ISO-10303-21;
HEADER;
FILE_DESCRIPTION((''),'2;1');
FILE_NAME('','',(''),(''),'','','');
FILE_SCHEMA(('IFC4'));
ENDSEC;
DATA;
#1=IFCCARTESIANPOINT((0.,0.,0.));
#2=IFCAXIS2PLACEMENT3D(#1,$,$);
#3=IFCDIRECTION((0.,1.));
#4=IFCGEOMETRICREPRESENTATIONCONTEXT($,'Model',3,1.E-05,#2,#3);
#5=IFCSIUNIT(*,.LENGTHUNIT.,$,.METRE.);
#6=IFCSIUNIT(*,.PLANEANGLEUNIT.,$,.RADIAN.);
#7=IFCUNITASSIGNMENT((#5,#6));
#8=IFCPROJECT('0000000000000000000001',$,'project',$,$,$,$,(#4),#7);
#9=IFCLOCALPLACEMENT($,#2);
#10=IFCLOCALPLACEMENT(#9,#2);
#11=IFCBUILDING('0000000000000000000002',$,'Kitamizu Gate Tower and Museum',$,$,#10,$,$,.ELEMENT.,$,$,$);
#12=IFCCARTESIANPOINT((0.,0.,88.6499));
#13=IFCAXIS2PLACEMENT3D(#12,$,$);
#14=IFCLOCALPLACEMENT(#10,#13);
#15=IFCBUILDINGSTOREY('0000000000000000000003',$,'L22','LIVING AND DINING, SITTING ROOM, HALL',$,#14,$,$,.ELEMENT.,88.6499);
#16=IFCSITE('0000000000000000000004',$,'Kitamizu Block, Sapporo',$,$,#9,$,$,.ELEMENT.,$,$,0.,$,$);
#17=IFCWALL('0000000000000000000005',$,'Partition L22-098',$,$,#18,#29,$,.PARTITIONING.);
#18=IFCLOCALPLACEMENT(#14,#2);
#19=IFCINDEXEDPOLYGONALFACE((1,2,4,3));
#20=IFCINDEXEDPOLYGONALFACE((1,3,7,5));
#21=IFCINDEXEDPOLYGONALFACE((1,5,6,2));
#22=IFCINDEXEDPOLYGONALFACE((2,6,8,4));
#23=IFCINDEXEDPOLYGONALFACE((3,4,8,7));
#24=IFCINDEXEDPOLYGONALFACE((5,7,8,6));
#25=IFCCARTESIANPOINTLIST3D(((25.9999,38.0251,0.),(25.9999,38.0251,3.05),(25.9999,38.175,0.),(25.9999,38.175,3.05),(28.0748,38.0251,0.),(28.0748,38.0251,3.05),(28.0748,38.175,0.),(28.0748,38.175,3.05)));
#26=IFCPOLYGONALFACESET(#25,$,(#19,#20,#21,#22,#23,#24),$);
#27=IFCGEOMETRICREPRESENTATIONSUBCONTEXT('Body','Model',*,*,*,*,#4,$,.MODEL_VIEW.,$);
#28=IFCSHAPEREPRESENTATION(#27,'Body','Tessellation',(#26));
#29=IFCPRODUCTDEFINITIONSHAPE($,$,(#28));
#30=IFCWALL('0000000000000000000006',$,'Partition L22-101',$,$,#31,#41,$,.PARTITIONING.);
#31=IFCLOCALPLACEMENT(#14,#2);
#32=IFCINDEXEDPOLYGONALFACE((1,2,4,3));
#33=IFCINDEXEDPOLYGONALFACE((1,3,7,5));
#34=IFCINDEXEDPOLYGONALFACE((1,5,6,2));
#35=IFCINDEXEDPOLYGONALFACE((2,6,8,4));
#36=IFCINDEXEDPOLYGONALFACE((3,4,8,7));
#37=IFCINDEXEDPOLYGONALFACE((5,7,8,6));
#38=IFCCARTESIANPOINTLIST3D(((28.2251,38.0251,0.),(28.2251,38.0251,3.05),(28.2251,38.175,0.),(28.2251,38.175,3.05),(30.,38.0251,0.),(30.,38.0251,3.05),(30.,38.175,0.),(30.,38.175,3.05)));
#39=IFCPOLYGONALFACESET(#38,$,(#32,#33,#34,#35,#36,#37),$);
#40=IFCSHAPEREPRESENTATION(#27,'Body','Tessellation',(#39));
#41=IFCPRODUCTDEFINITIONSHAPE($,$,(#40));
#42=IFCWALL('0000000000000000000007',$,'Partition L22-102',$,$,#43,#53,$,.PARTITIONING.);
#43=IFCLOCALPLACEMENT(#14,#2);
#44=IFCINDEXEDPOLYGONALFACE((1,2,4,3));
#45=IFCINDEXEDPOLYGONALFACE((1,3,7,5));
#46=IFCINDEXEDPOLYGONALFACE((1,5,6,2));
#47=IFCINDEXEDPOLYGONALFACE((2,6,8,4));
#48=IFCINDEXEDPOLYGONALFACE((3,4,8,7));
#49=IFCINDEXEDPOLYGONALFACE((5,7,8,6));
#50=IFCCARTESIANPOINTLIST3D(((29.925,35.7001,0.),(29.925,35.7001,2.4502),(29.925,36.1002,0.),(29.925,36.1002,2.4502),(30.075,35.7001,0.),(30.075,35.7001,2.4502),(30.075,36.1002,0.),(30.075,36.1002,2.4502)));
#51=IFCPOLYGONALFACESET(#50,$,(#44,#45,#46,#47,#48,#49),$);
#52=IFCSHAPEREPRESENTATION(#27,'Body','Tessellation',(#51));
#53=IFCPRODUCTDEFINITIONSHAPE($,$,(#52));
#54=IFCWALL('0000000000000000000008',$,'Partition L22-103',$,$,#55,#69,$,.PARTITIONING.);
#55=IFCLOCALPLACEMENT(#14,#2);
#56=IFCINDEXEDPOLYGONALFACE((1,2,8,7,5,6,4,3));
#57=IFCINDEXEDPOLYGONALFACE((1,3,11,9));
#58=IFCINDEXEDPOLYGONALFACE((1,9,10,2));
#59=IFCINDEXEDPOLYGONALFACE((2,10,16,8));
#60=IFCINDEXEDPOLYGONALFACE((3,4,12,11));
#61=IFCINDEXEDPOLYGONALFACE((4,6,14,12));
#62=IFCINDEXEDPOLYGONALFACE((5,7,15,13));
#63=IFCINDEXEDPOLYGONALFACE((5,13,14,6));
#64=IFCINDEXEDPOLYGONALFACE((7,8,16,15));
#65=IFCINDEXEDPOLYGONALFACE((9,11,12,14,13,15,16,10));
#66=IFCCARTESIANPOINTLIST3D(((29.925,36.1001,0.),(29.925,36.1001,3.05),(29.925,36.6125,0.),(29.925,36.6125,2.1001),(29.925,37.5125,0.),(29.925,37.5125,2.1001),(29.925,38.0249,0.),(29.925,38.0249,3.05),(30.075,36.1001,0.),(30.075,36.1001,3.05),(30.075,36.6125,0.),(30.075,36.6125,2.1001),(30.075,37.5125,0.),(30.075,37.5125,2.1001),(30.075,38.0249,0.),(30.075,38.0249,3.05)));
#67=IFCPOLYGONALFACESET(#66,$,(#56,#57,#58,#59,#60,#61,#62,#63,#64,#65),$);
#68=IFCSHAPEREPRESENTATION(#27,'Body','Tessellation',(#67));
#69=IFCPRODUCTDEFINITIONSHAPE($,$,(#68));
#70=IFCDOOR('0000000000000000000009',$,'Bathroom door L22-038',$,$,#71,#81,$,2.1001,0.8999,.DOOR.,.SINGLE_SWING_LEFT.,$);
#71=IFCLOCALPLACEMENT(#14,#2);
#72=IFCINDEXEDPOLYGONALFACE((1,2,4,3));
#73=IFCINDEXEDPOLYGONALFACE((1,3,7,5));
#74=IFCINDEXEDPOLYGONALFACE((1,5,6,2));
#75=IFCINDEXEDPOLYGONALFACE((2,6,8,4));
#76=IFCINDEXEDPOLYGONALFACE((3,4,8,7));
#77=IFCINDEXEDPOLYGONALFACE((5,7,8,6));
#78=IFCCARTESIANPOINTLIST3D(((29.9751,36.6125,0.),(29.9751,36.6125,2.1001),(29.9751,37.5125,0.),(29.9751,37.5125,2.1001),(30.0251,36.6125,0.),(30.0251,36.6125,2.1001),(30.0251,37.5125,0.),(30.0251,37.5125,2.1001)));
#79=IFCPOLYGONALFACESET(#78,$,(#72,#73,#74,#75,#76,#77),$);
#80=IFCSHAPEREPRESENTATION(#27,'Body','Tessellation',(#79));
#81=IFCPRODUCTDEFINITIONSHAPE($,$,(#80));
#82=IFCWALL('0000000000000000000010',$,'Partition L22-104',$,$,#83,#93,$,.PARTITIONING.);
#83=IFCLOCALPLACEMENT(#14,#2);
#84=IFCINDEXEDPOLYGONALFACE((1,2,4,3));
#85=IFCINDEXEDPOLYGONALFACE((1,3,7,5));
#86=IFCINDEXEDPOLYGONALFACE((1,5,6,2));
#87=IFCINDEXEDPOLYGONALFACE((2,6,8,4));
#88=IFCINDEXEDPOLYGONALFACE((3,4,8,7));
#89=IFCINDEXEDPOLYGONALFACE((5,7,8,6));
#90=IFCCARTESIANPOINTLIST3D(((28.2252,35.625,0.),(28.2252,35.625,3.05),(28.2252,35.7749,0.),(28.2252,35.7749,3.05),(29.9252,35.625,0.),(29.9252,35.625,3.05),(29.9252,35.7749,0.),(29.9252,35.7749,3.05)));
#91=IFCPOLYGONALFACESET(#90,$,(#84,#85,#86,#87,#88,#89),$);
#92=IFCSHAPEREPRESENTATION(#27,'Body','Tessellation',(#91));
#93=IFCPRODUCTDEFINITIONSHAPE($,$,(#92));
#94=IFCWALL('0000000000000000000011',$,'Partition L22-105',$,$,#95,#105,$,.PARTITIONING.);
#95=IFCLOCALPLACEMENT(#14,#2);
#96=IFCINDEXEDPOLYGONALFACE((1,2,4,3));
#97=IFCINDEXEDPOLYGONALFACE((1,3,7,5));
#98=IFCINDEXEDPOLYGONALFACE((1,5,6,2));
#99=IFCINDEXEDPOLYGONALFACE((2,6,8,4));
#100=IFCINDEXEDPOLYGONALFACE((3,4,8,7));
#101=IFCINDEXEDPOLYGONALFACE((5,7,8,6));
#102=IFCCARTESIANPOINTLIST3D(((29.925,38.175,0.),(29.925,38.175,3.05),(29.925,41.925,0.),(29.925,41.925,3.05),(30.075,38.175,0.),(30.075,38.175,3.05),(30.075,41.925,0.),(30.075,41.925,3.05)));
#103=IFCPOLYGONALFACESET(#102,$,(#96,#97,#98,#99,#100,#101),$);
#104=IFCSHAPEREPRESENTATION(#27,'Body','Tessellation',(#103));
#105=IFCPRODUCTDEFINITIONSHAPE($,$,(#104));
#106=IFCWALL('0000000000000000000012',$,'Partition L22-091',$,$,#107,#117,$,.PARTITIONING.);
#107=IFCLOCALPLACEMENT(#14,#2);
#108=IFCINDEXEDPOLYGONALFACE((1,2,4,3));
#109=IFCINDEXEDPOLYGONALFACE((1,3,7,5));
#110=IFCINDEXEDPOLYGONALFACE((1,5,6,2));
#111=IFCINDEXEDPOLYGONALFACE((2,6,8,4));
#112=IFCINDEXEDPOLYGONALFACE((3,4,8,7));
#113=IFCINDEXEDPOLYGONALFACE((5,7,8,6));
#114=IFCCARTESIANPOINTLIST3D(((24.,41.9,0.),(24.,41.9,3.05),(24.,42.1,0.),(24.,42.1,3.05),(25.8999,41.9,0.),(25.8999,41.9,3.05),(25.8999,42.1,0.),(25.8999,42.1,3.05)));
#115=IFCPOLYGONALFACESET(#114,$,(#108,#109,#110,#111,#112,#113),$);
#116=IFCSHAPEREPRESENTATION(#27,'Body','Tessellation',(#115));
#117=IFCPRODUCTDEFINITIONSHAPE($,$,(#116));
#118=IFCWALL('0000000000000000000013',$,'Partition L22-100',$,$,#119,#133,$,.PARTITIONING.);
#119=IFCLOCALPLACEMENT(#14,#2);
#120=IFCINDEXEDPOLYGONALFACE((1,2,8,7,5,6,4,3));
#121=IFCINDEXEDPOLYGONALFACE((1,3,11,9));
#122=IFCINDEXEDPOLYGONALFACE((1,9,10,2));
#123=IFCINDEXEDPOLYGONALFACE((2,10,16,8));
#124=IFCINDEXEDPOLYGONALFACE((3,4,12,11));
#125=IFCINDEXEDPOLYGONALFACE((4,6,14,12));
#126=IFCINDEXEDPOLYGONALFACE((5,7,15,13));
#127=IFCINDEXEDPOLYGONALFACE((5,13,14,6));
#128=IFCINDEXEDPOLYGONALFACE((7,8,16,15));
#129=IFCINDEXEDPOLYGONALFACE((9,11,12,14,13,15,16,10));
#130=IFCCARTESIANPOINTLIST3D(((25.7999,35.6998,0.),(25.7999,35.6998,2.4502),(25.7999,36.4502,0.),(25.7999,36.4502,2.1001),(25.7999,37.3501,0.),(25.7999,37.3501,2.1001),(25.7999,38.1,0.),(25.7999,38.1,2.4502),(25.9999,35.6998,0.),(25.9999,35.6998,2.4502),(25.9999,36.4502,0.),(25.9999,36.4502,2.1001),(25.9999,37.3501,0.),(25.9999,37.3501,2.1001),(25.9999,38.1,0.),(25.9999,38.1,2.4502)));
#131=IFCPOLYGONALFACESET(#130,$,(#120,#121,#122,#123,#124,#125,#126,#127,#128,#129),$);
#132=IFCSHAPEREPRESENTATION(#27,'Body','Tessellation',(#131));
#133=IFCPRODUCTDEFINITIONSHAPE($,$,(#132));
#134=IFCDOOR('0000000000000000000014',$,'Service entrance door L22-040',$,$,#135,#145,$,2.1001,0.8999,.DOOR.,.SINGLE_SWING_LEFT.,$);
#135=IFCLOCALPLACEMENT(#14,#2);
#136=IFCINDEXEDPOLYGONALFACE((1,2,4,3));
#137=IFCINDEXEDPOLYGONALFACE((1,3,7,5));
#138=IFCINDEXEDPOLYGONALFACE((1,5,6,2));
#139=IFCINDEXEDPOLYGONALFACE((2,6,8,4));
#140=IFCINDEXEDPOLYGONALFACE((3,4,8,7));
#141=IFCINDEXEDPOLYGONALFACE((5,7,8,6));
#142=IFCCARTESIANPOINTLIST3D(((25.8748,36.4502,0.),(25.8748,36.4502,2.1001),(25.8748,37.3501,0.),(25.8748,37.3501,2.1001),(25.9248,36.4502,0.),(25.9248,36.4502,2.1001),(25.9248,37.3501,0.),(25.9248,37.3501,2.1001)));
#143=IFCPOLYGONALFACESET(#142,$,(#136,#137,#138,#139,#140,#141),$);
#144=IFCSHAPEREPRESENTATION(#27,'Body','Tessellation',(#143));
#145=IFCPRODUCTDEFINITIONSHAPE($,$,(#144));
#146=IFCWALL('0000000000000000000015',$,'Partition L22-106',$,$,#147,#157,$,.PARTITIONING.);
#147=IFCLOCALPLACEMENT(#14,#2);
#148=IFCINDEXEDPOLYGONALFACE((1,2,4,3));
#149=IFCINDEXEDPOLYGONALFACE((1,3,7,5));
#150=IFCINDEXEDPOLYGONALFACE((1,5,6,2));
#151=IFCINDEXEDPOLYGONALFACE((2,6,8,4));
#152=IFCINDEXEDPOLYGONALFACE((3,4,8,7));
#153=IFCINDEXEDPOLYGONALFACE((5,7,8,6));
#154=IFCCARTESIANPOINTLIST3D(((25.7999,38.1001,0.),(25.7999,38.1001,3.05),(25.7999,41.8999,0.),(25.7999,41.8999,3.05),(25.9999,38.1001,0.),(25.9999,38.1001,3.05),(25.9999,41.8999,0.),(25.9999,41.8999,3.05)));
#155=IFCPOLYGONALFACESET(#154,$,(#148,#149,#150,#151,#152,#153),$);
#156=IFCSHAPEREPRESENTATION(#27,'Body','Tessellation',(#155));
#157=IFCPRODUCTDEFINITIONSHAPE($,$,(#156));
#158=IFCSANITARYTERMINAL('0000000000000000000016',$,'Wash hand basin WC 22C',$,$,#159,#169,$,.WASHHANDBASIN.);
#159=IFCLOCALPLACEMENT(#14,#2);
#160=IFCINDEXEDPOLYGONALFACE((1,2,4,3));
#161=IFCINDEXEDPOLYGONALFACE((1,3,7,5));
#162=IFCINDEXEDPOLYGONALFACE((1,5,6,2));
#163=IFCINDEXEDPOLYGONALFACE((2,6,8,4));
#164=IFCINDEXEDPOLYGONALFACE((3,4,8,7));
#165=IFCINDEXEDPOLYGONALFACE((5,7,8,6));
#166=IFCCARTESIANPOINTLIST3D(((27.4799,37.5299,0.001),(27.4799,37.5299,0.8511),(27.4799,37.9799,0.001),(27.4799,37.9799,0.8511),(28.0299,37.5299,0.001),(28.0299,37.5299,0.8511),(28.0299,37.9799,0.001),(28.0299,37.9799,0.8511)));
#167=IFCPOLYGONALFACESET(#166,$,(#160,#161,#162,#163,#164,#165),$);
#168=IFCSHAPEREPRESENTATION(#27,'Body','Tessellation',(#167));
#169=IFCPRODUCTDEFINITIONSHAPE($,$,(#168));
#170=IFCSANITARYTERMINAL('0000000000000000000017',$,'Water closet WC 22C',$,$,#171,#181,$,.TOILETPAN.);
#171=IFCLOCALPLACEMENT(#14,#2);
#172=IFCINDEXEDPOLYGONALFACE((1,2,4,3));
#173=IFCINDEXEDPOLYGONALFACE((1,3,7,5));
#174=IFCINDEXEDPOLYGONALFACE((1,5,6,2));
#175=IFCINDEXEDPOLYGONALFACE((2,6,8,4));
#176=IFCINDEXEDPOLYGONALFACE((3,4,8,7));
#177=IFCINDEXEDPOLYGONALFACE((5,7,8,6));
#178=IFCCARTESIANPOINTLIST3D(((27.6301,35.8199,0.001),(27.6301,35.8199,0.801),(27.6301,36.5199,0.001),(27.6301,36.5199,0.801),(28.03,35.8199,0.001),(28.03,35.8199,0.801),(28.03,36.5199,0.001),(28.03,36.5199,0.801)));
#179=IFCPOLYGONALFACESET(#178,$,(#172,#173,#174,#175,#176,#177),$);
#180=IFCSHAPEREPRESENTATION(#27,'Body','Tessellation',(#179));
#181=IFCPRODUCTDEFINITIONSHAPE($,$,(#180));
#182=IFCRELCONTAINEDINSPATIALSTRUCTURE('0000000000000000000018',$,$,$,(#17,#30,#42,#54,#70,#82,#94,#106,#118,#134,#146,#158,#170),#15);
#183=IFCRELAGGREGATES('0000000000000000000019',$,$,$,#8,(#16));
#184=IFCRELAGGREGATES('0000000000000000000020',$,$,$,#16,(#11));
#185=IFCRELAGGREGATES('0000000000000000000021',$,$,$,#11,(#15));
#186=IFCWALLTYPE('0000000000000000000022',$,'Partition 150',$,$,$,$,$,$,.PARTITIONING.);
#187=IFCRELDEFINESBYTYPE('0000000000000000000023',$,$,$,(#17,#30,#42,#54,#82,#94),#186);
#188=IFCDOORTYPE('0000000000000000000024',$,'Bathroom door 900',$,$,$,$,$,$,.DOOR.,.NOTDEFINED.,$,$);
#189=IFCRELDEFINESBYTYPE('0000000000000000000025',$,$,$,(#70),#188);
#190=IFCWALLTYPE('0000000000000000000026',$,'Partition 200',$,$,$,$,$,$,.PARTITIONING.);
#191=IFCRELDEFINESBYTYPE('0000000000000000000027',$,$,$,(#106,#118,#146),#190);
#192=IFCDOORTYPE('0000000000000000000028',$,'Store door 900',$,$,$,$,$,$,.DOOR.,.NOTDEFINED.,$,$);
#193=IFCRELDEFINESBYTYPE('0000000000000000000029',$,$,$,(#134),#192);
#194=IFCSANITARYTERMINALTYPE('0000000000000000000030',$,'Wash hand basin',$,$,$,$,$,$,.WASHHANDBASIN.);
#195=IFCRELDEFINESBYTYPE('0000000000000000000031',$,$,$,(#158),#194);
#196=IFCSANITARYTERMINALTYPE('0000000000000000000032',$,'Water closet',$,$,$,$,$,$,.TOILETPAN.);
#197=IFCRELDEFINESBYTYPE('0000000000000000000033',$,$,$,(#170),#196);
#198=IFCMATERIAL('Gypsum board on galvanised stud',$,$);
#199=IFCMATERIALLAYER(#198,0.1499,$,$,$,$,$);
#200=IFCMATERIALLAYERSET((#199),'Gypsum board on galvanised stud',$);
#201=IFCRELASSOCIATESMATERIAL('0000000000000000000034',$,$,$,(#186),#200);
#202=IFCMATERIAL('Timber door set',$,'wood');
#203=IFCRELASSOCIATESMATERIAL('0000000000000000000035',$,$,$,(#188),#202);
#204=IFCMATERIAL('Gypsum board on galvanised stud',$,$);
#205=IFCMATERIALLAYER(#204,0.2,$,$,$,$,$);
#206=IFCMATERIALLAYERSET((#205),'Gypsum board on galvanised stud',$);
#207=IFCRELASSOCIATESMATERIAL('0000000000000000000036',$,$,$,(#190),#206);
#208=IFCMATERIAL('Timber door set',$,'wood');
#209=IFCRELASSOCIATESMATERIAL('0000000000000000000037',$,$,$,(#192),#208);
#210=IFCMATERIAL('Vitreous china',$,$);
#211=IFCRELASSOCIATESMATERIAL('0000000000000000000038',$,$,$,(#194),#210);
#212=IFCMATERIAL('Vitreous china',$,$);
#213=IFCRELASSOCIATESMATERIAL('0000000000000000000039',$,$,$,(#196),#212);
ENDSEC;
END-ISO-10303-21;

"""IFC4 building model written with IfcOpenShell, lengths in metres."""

from ifc_helpers import new_model, si_unit, direction, frame, frame_2d, origin, origin_2d, place, context, subcontext, project, spatial, rectangle, extrude, material, layer, layer_set, type_object, element, fill, save


model = new_model("IFC4")

# Units and contexts
model_context = context("Model", 3, precision=1e-05, world=origin(), true_north=direction((0.0, 1.0)))
body_context = subcontext(model_context, "Body", "Model", "MODEL_VIEW")
ifc_project = project(units=[si_unit("LENGTHUNIT", "METRE"), si_unit("PLANEANGLEUNIT", "RADIAN")], contexts=[model_context])

# Site, building, storey
site_placement = place(None, origin())
site = spatial("IfcSite", under=ifc_project, at=site_placement, Name="Kitamizu Block, Sapporo", CompositionType="ELEMENT", RefElevation=0.0)
building_placement = place(site_placement, origin())
building = spatial("IfcBuilding", under=site, at=building_placement, Name="Kitamizu Gate Tower and Museum", CompositionType="ELEMENT")
storey_placement = place(building_placement, frame((0.0, 0.0, 88.6499)))
storey = spatial("IfcBuildingStorey", under=building, at=storey_placement, Name="L22", Description="LIVING AND DINING, SITTING ROOM, HALL", CompositionType="ELEMENT", Elevation=88.6499)

# Shared definitions
ifc_material_1 = material(Name="Gypsum board on galvanised stud")
ifc_layer_1 = layer(ifc_material_1, 0.1499)
ifc_layer_set_1 = layer_set([ifc_layer_1], Name="Gypsum board on galvanised stud")
wall_type_1 = type_object("IfcWallType", Name="Partition 150", PredefinedType="PARTITIONING", material=ifc_layer_set_1)
ifc_material_2 = material(Name="Timber door set", Category="wood")
door_type_1 = type_object("IfcDoorType", Name="Bathroom door 900", OperationType="NOTDEFINED", PredefinedType="DOOR", material=ifc_material_2)

# Walls
wall_1_placement = place(storey_placement, frame((28.075, 38.1001, 0.0), z_axis=(0.0, 0.0, 1.0), x_axis=(-1.0, 0.0, 0.0)))
element("IfcWall", 1, at=wall_1_placement, inside=storey, type_object=wall_type_1, Name="Partition L22-098", PredefinedType="PARTITIONING", context=body_context, shape_type="SweptSolid", body=[
    extrude(rectangle(XDim=2.075, YDim=0.1499, at=frame_2d((1.0376, 0.0))), origin(), (0.0, 0.0, 1.0), 3.05),
])
wall_2_placement = place(storey_placement, frame((30.0, 38.1001, 0.0), z_axis=(0.0, 0.0, 1.0), x_axis=(-1.0, 0.0, 0.0)))
element("IfcWall", 2, at=wall_2_placement, inside=storey, type_object=wall_type_1, Name="Partition L22-101", PredefinedType="PARTITIONING", context=body_context, shape_type="SweptSolid", body=[
    extrude(rectangle(XDim=1.7749, YDim=0.1499, at=frame_2d((0.8875, 0.0))), origin(), (0.0, 0.0, 1.0), 3.05),
])
wall_3_placement = place(storey_placement, frame((30.0, 35.7, 0.0), z_axis=(0.0, 0.0, 1.0), x_axis=(0.0, 1.0, 0.0)))
element("IfcWall", 3, at=wall_3_placement, inside=storey, type_object=wall_type_1, Name="Partition L22-102", PredefinedType="PARTITIONING", context=body_context, shape_type="SweptSolid", body=[
    extrude(rectangle(XDim=0.4001, YDim=0.1499, at=frame_2d((0.2002, 0.0))), origin(), (0.0, 0.0, 1.0), 2.4502),
])

# Wall, opening, door
wall_4_placement = place(storey_placement, frame((30.0, 36.1001, 0.0), z_axis=(0.0, 0.0, 1.0), x_axis=(0.0, 1.0, 0.0)))
wall_4 = element("IfcWall", 4, at=wall_4_placement, inside=storey, type_object=wall_type_1, Name="Partition L22-103", PredefinedType="PARTITIONING", context=body_context, shape_type="SweptSolid", body=[
    extrude(rectangle(XDim=1.9248, YDim=0.1499, at=frame_2d((0.9624, 0.0))), origin(), (0.0, 0.0, 1.0), 3.05),
])
opening_1_placement = place(wall_4_placement, frame((0.5125, 0.0, 0.0)))
opening_1 = element("IfcOpeningElement", 5, at=opening_1_placement, cuts=wall_4, PredefinedType="OPENING", context=body_context, shape_type="SweptSolid", body=[
    extrude(rectangle(XDim=0.8999, YDim=2.1001, at=frame_2d((0.45, 1.05))), frame((0.0, 0.085, 0.0), z_axis=(0.0, -1.0, 0.0), x_axis=(1.0, 0.0, 0.0)), (0.0, 0.0, 1.0), 0.1699),
])
door_1_placement = place(opening_1_placement, origin())
door_1 = element("IfcDoor", 6, at=door_1_placement, inside=storey, type_object=door_type_1, Name="Bathroom door L22-038", OperationType="SINGLE_SWING_LEFT", OverallHeight=2.1001, OverallWidth=0.8999, PredefinedType="DOOR", context=body_context, shape_type="SweptSolid", body=[
    extrude(rectangle(XDim=0.8999, YDim=2.1001, at=frame_2d((0.45, 1.05))), frame((0.0, 0.0249, 0.0), z_axis=(0.0, -1.0, 0.0), x_axis=(1.0, 0.0, 0.0)), (0.0, 0.0, 1.0), 0.05),
])
fill(opening_1, door_1)

# Walls
wall_5_placement = place(storey_placement, frame((28.2251, 35.7, 0.0), z_axis=(0.0, 0.0, 1.0), x_axis=(1.0, 0.0, 0.0)))
element("IfcWall", 7, at=wall_5_placement, inside=storey, type_object=wall_type_1, Name="Partition L22-104", PredefinedType="PARTITIONING", context=body_context, shape_type="SweptSolid", body=[
    extrude(rectangle(XDim=1.7, YDim=0.1499, at=frame_2d((0.8501, 0.0))), origin(), (0.0, 0.0, 1.0), 3.05),
])
wall_6_placement = place(storey_placement, frame((30.0, 38.175, 0.0), z_axis=(0.0, 0.0, 1.0), x_axis=(0.0, 1.0, 0.0)))
element("IfcWall", 8, at=wall_6_placement, inside=storey, type_object=wall_type_1, Name="Partition L22-105", PredefinedType="PARTITIONING", context=body_context, shape_type="SweptSolid", body=[
    extrude(rectangle(XDim=3.75, YDim=0.1499, at=frame_2d((1.875, 0.0))), origin(), (0.0, 0.0, 1.0), 3.05),
])
ifc_material_3 = material(Name="Gypsum board on galvanised stud")
ifc_layer_2 = layer(ifc_material_3, 0.2)
ifc_layer_set_2 = layer_set([ifc_layer_2], Name="Gypsum board on galvanised stud")
wall_type_2 = type_object("IfcWallType", Name="Partition 200", PredefinedType="PARTITIONING", material=ifc_layer_set_2)
wall_7_placement = place(storey_placement, frame((24.0, 42.0, 0.0), z_axis=(0.0, 0.0, 1.0), x_axis=(1.0, 0.0, 0.0)))
element("IfcWall", 9, at=wall_7_placement, inside=storey, type_object=wall_type_2, Name="Partition L22-091", PredefinedType="PARTITIONING", context=body_context, shape_type="SweptSolid", body=[
    extrude(rectangle(XDim=1.8999, YDim=0.2, at=frame_2d((0.95, 0.0))), origin(), (0.0, 0.0, 1.0), 3.05),
])

# Wall, opening, door
wall_8_placement = place(storey_placement, frame((25.8999, 38.1001, 0.0), z_axis=(0.0, 0.0, 1.0), x_axis=(0.0, -1.0, 0.0)))
wall_8 = element("IfcWall", 10, at=wall_8_placement, inside=storey, type_object=wall_type_2, Name="Partition L22-100", PredefinedType="PARTITIONING", context=body_context, shape_type="SweptSolid", body=[
    extrude(rectangle(XDim=2.4001, YDim=0.2, at=frame_2d((1.2002, 0.0))), origin(), (0.0, 0.0, 1.0), 2.4502),
])
opening_2_placement = place(wall_8_placement, frame((0.75, 0.0, 0.0)))
opening_2 = element("IfcOpeningElement", 11, at=opening_2_placement, cuts=wall_8, PredefinedType="OPENING", context=body_context, shape_type="SweptSolid", body=[
    extrude(rectangle(XDim=0.8999, YDim=2.1001, at=frame_2d((0.45, 1.05))), frame((0.0, 0.1099, 0.0), z_axis=(0.0, -1.0, 0.0), x_axis=(1.0, 0.0, 0.0)), (0.0, 0.0, 1.0), 0.22),
])
ifc_material_4 = material(Name="Timber door set", Category="wood")
door_type_2 = type_object("IfcDoorType", Name="Store door 900", OperationType="NOTDEFINED", PredefinedType="DOOR", material=ifc_material_4)
door_2_placement = place(opening_2_placement, origin())
door_2 = element("IfcDoor", 12, at=door_2_placement, inside=storey, type_object=door_type_2, Name="Service entrance door L22-040", OperationType="SINGLE_SWING_LEFT", OverallHeight=2.1001, OverallWidth=0.8999, PredefinedType="DOOR", context=body_context, shape_type="SweptSolid", body=[
    extrude(rectangle(XDim=0.8999, YDim=2.1001, at=frame_2d((0.45, 1.05))), frame((0.0, 0.0249, 0.0), z_axis=(0.0, -1.0, 0.0), x_axis=(1.0, 0.0, 0.0)), (0.0, 0.0, 1.0), 0.05),
])
fill(opening_2, door_2)

# Wall
wall_9_placement = place(storey_placement, frame((25.8999, 41.8999, 0.0), z_axis=(0.0, 0.0, 1.0), x_axis=(0.0, -1.0, 0.0)))
element("IfcWall", 13, at=wall_9_placement, inside=storey, type_object=wall_type_2, Name="Partition L22-106", PredefinedType="PARTITIONING", context=body_context, shape_type="SweptSolid", body=[
    extrude(rectangle(XDim=3.7998, YDim=0.2, at=frame_2d((1.8999, 0.0))), origin(), (0.0, 0.0, 1.0), 3.05),
])

# Sanitary terminals
ifc_material_5 = material(Name="Vitreous china")
sanitary_terminal_type_1 = type_object("IfcSanitaryTerminalType", Name="Wash hand basin", PredefinedType="WASHHANDBASIN", material=ifc_material_5)
sanitary_terminal_1_placement = place(storey_placement, frame((27.7549, 37.7549, 0.001), z_axis=(0.0, 0.0, 1.0), x_axis=(1.0, 0.0, 0.0)))
element("IfcSanitaryTerminal", 14, at=sanitary_terminal_1_placement, inside=storey, type_object=sanitary_terminal_type_1, Name="Wash hand basin WC 22C", PredefinedType="WASHHANDBASIN", context=body_context, shape_type="SweptSolid", body=[
    extrude(rectangle(XDim=0.55, YDim=0.45, at=origin_2d()), origin(), (0.0, 0.0, 1.0), 0.8501),
])
ifc_material_6 = material(Name="Vitreous china")
sanitary_terminal_type_2 = type_object("IfcSanitaryTerminalType", Name="Water closet", PredefinedType="TOILETPAN", material=ifc_material_6)
sanitary_terminal_2_placement = place(storey_placement, frame((27.8301, 36.1699, 0.001), z_axis=(0.0, 0.0, 1.0), x_axis=(1.0, 0.0, 0.0)))
element("IfcSanitaryTerminal", 15, at=sanitary_terminal_2_placement, inside=storey, type_object=sanitary_terminal_type_2, Name="Water closet WC 22C", PredefinedType="TOILETPAN", context=body_context, shape_type="SweptSolid", body=[
    extrude(rectangle(XDim=0.3999, YDim=0.7, at=origin_2d()), origin(), (0.0, 0.0, 1.0), 0.8),
])

save(model, "model.ifc")
